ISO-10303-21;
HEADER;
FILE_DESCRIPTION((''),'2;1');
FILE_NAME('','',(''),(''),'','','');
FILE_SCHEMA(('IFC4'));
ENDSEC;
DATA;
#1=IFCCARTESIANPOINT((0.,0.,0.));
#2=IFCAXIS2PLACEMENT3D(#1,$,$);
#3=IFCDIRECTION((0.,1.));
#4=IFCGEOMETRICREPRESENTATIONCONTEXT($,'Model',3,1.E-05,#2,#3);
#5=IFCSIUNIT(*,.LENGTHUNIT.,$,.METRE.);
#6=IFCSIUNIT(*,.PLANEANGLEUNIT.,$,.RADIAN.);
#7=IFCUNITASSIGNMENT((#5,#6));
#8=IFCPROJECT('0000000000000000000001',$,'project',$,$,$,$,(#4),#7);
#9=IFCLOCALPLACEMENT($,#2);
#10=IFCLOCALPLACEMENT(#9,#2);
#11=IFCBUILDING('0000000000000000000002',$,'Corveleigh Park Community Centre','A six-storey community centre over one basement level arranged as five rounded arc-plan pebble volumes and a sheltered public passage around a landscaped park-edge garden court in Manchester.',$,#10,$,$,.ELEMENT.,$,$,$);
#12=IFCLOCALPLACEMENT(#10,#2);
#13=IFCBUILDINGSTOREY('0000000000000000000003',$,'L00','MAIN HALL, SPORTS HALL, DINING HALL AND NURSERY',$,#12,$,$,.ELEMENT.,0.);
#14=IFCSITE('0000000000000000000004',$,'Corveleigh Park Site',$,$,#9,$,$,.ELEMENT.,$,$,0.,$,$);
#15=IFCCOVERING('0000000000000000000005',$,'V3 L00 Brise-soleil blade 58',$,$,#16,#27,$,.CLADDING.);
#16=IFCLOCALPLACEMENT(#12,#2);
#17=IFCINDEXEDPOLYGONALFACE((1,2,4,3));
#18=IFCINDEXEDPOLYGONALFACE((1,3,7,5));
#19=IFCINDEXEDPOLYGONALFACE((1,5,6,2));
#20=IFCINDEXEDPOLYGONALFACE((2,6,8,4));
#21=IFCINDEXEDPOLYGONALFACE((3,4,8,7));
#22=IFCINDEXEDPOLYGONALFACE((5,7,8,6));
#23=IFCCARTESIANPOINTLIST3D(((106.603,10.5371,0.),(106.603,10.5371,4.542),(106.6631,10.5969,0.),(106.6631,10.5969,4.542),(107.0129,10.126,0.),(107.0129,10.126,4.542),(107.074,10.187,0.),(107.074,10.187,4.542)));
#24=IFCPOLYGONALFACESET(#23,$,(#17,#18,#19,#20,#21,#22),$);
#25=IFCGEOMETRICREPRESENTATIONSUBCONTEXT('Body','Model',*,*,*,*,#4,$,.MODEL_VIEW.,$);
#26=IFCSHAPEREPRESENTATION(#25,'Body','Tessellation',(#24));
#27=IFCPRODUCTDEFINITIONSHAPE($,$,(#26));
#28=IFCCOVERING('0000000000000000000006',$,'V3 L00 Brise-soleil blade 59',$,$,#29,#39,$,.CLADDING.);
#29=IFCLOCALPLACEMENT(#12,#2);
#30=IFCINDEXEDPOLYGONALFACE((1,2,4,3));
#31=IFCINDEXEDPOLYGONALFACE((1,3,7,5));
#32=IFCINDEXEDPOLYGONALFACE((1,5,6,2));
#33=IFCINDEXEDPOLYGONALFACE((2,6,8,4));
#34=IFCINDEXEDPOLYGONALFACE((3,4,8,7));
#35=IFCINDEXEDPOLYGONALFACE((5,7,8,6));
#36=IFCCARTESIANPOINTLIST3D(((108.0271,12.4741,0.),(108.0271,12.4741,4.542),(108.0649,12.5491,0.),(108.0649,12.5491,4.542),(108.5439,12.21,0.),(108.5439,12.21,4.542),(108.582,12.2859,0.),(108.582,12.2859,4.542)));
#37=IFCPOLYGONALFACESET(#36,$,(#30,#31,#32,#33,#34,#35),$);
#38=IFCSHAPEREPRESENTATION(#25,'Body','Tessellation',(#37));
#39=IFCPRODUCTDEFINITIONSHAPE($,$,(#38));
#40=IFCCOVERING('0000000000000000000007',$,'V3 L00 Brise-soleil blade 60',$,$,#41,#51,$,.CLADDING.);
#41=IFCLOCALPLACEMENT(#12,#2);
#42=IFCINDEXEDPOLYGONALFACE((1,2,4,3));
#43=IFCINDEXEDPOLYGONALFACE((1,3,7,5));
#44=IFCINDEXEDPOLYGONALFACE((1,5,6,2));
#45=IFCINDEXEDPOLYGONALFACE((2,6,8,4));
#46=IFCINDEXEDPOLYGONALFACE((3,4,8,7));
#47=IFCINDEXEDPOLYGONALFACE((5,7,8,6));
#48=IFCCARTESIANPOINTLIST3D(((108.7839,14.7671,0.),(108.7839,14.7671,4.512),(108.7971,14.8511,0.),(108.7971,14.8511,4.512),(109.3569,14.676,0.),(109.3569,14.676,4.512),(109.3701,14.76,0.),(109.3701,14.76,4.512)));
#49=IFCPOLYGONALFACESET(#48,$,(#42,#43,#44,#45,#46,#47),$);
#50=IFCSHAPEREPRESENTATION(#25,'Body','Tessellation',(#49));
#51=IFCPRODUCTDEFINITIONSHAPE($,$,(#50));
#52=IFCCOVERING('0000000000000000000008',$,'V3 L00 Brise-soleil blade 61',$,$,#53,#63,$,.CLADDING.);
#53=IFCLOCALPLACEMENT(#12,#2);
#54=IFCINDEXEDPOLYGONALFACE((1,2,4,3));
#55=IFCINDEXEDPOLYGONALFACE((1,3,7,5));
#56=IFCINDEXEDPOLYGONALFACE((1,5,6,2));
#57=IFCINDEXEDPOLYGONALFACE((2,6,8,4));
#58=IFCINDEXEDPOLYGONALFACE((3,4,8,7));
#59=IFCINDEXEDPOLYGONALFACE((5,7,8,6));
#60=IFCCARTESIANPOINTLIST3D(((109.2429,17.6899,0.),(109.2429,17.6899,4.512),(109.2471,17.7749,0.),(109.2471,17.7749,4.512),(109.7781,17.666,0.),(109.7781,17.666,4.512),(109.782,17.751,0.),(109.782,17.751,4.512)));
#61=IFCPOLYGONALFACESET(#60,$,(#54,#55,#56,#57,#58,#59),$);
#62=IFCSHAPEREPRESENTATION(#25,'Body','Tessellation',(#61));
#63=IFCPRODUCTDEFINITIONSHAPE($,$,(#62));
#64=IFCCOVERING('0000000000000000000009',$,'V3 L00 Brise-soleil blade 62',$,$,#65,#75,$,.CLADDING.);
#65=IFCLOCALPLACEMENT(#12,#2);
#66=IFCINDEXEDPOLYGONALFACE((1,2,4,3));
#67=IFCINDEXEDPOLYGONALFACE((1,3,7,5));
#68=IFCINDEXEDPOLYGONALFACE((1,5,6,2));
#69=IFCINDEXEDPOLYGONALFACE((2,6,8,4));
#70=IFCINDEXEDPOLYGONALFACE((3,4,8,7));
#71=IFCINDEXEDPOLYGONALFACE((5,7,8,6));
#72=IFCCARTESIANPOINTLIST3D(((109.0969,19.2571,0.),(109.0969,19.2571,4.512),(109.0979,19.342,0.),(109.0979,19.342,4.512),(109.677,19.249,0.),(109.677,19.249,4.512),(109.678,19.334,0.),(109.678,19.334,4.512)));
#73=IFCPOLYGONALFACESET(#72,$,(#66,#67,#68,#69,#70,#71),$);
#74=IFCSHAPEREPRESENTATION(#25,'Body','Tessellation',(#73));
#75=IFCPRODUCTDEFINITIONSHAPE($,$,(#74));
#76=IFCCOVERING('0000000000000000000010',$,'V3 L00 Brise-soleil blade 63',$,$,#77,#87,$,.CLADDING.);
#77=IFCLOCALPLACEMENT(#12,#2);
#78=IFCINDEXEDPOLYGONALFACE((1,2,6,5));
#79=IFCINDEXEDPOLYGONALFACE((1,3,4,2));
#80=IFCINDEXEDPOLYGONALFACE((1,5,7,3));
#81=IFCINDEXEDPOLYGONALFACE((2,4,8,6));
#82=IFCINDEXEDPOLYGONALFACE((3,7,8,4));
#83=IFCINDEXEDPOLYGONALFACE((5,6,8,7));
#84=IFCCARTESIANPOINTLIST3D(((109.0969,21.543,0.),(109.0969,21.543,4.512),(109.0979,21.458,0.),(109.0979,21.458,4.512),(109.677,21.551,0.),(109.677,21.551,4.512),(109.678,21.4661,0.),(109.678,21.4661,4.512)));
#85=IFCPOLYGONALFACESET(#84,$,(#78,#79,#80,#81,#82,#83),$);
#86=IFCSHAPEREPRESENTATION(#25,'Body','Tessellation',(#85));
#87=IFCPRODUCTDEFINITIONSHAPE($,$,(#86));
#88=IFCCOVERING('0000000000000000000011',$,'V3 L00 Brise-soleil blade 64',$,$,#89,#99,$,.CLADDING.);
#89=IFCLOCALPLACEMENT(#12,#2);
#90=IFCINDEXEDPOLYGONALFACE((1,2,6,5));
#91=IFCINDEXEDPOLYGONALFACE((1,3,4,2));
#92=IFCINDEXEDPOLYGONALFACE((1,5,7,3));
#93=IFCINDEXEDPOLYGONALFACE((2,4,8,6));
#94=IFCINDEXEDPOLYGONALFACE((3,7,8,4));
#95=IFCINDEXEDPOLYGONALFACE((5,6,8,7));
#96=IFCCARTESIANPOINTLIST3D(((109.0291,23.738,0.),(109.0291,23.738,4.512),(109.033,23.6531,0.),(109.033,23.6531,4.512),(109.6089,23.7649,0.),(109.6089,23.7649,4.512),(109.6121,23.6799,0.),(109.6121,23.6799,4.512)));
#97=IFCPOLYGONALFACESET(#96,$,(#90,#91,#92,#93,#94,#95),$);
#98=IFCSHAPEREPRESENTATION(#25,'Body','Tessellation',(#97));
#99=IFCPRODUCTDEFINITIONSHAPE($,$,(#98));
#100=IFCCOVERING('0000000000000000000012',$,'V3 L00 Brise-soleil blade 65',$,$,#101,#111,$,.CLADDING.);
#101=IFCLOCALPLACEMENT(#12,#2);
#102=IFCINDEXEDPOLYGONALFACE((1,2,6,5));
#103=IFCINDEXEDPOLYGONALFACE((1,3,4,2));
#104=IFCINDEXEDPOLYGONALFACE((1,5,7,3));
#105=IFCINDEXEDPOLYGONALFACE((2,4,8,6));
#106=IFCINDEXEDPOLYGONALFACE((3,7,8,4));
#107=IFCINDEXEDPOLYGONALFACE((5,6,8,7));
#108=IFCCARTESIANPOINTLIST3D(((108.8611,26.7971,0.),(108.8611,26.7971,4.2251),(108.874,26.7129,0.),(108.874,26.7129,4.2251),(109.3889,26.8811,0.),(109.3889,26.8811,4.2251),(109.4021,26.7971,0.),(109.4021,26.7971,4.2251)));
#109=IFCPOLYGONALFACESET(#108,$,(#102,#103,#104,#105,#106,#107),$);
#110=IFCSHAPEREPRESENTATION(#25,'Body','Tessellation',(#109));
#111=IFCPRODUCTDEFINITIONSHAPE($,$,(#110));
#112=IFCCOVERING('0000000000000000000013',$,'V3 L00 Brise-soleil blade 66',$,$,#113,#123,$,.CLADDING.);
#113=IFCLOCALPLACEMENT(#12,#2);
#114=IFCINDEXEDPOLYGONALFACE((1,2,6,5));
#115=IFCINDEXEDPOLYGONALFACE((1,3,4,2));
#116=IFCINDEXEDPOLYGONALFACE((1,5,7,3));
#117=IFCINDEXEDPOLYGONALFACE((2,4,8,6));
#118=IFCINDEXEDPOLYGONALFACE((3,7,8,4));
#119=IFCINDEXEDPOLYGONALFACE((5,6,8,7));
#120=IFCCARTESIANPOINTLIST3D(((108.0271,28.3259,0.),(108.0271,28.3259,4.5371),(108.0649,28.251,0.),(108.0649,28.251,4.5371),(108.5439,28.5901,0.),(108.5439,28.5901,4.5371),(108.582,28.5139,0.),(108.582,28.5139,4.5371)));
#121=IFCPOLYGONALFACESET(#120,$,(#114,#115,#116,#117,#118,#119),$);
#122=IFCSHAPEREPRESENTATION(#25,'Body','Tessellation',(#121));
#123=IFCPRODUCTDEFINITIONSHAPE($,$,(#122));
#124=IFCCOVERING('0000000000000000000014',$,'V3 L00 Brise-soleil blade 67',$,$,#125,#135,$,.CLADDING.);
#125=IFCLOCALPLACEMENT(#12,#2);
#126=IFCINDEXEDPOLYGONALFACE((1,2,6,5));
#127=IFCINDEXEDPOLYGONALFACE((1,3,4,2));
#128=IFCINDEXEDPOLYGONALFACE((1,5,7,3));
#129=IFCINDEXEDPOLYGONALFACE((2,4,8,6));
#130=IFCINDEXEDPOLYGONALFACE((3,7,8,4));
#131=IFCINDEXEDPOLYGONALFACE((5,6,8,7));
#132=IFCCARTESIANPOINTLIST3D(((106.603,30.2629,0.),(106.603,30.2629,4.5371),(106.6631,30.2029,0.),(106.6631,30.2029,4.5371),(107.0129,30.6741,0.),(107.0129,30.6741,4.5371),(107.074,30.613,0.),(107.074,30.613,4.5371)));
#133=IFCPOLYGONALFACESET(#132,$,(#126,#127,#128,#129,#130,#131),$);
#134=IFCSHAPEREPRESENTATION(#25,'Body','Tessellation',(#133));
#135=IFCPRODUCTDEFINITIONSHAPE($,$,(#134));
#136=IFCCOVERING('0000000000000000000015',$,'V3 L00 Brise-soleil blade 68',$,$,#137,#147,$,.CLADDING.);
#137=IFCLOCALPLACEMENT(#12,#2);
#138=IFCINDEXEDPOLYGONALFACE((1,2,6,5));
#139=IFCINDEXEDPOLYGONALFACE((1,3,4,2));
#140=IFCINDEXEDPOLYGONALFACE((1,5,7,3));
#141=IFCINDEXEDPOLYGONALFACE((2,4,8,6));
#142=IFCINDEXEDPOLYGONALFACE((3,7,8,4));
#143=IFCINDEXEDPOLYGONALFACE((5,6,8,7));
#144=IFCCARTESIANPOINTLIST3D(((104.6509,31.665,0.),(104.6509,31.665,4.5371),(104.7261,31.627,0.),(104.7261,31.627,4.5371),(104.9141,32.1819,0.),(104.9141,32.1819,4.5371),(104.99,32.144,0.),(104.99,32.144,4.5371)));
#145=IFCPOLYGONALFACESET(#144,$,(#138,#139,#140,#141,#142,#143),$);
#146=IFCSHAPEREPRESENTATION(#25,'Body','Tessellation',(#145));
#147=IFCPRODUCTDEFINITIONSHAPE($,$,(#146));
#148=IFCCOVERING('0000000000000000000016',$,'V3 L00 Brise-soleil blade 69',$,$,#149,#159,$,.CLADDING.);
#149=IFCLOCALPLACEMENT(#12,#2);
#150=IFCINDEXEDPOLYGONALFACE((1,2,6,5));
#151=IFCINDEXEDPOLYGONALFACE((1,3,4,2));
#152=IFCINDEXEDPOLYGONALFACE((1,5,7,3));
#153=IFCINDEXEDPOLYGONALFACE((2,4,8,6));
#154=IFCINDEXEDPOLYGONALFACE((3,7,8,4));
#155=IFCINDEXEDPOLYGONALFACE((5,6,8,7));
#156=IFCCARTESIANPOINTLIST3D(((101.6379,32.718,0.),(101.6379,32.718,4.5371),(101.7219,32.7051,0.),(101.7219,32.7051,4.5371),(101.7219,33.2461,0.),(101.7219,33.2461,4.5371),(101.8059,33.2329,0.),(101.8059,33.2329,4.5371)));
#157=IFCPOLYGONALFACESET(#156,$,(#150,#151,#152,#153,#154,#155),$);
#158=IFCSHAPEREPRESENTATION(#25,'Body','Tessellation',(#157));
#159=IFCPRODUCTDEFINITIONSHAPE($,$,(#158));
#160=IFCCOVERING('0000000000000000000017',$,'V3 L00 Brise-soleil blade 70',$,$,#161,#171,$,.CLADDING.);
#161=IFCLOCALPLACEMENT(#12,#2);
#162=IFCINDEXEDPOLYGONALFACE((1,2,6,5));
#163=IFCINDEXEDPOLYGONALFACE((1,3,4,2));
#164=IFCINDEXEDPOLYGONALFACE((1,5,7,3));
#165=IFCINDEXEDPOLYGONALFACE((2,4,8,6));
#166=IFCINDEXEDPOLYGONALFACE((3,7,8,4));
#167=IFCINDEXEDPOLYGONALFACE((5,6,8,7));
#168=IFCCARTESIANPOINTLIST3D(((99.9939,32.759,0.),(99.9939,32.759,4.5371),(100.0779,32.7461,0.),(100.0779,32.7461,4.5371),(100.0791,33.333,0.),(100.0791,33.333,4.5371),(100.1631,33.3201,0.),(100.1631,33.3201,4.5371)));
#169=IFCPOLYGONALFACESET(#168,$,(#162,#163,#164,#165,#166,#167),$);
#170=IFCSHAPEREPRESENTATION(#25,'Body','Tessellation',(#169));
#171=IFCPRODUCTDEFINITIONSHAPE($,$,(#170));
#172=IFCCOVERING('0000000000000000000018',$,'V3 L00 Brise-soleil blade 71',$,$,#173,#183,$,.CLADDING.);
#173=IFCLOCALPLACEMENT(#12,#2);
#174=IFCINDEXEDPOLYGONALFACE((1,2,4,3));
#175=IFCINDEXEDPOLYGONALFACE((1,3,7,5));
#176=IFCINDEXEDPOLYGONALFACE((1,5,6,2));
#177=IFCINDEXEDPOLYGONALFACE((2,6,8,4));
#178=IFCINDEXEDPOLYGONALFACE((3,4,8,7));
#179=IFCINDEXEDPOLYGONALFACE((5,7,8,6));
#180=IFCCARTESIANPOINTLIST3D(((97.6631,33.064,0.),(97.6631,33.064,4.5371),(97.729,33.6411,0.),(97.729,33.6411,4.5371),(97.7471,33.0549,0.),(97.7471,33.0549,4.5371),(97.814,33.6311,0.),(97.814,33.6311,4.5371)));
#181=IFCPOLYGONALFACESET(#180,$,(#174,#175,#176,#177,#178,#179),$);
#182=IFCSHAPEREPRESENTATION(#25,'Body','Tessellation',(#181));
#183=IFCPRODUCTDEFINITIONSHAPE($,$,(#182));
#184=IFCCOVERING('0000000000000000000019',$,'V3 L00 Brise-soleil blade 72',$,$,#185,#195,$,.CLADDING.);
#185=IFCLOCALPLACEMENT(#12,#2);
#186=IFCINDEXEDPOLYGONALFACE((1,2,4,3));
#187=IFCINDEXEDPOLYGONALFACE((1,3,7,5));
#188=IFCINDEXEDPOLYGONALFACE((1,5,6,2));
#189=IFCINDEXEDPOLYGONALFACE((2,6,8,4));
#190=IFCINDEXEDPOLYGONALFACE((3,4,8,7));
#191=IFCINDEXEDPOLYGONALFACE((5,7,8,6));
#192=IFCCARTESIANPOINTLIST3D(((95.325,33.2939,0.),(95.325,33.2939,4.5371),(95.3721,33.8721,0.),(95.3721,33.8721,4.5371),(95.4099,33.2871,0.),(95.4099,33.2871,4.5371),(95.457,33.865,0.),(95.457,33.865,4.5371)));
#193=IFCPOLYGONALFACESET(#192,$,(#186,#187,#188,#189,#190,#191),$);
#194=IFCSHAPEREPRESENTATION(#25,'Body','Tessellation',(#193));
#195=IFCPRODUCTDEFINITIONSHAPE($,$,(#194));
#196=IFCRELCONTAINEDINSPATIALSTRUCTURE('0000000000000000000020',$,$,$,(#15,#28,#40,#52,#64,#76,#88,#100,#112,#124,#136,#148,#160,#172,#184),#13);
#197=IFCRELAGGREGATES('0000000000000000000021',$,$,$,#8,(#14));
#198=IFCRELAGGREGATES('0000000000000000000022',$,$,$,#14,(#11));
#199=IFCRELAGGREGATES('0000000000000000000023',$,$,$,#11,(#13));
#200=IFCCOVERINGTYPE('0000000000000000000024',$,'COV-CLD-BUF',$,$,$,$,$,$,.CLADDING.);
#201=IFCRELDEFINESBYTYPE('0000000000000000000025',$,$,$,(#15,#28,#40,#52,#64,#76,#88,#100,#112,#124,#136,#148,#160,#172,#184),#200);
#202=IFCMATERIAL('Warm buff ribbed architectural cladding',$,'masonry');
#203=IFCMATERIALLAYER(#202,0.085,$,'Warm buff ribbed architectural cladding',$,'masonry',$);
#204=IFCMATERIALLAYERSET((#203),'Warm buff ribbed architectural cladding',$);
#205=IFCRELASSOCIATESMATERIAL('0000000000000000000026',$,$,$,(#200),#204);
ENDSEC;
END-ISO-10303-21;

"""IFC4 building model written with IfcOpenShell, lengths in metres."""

from ifc_helpers import new_model, si_unit, direction, origin, place, context, subcontext, project, spatial, polyline, outline, extrude, material, layer, layer_set, type_object, element, save


model = new_model("IFC4")

# Units and contexts
model_context = context("Model", 3, precision=1e-05, world=origin(), true_north=direction((0.0, 1.0)))
body_context = subcontext(model_context, "Body", "Model", "MODEL_VIEW")
ifc_project = project(units=[si_unit("LENGTHUNIT", "METRE"), si_unit("PLANEANGLEUNIT", "RADIAN")], contexts=[model_context])

# Site, building, storey
site_placement = place(None, origin())
site = spatial("IfcSite", under=ifc_project, at=site_placement, Name="Corveleigh Park Site", CompositionType="ELEMENT", RefElevation=0.0)
building_placement = place(site_placement, origin())
building = spatial("IfcBuilding", under=site, at=building_placement, Name="Corveleigh Park Community Centre", Description="A six-storey community centre over one basement level arranged as five rounded arc-plan pebble volumes and a sheltered public passage around a landscaped park-edge garden court in Manchester.", CompositionType="ELEMENT")
storey_placement = place(building_placement, origin())
storey = spatial("IfcBuildingStorey", under=building, at=storey_placement, Name="L00", Description="MAIN HALL, SPORTS HALL, DINING HALL AND NURSERY", CompositionType="ELEMENT", Elevation=0.0)

# Coverings
ifc_material = material(Name="Warm buff ribbed architectural cladding", Category="masonry")
ifc_layer = layer(ifc_material, 0.085, Name="Warm buff ribbed architectural cladding", Category="masonry")
ifc_layer_set = layer_set([ifc_layer], Name="Warm buff ribbed architectural cladding")
covering_type = type_object("IfcCoveringType", Name="COV-CLD-BUF", PredefinedType="CLADDING", material=ifc_layer_set)
covering_1_placement = place(storey_placement, origin())
element("IfcCovering", 1, at=covering_1_placement, inside=storey, type_object=covering_type, Name="V3 L00 Brise-soleil blade 58", PredefinedType="CLADDING", context=body_context, shape_type="SweptSolid", body=[
    extrude(outline(polyline([(106.6631, 10.5969), (106.603, 10.5371), (107.0129, 10.126), (107.074, 10.187), (106.6631, 10.5969)])), origin(), (0.0, 0.0, 1.0), 4.542),
])
covering_2_placement = place(storey_placement, origin())
element("IfcCovering", 2, at=covering_2_placement, inside=storey, type_object=covering_type, Name="V3 L00 Brise-soleil blade 59", PredefinedType="CLADDING", context=body_context, shape_type="SweptSolid", body=[
    extrude(outline(polyline([(108.0649, 12.5491), (108.0271, 12.4741), (108.5439, 12.21), (108.582, 12.2859), (108.0649, 12.5491)])), origin(), (0.0, 0.0, 1.0), 4.542),
])
covering_3_placement = place(storey_placement, origin())
element("IfcCovering", 3, at=covering_3_placement, inside=storey, type_object=covering_type, Name="V3 L00 Brise-soleil blade 60", PredefinedType="CLADDING", context=body_context, shape_type="SweptSolid", body=[
    extrude(outline(polyline([(108.7971, 14.8511), (108.7839, 14.7671), (109.3569, 14.676), (109.3701, 14.76), (108.7971, 14.8511)])), origin(), (0.0, 0.0, 1.0), 4.512),
])
covering_4_placement = place(storey_placement, origin())
element("IfcCovering", 4, at=covering_4_placement, inside=storey, type_object=covering_type, Name="V3 L00 Brise-soleil blade 61", PredefinedType="CLADDING", context=body_context, shape_type="SweptSolid", body=[
    extrude(outline(polyline([(109.2471, 17.7749), (109.2429, 17.6899), (109.7781, 17.666), (109.782, 17.751), (109.2471, 17.7749)])), origin(), (0.0, 0.0, 1.0), 4.512),
])
covering_5_placement = place(storey_placement, origin())
element("IfcCovering", 5, at=covering_5_placement, inside=storey, type_object=covering_type, Name="V3 L00 Brise-soleil blade 62", PredefinedType="CLADDING", context=body_context, shape_type="SweptSolid", body=[
    extrude(outline(polyline([(109.0979, 19.342), (109.0969, 19.2571), (109.677, 19.249), (109.678, 19.334), (109.0979, 19.342)])), origin(), (0.0, 0.0, 1.0), 4.512),
])
covering_6_placement = place(storey_placement, origin())
element("IfcCovering", 6, at=covering_6_placement, inside=storey, type_object=covering_type, Name="V3 L00 Brise-soleil blade 63", PredefinedType="CLADDING", context=body_context, shape_type="SweptSolid", body=[
    extrude(outline(polyline([(109.0969, 21.543), (109.0979, 21.458), (109.678, 21.4661), (109.677, 21.551), (109.0969, 21.543)])), origin(), (0.0, 0.0, 1.0), 4.512),
])
covering_7_placement = place(storey_placement, origin())
element("IfcCovering", 7, at=covering_7_placement, inside=storey, type_object=covering_type, Name="V3 L00 Brise-soleil blade 64", PredefinedType="CLADDING", context=body_context, shape_type="SweptSolid", body=[
    extrude(outline(polyline([(109.0291, 23.738), (109.033, 23.6531), (109.6121, 23.6799), (109.6089, 23.7649), (109.0291, 23.738)])), origin(), (0.0, 0.0, 1.0), 4.512),
])
covering_8_placement = place(storey_placement, origin())
element("IfcCovering", 8, at=covering_8_placement, inside=storey, type_object=covering_type, Name="V3 L00 Brise-soleil blade 65", PredefinedType="CLADDING", context=body_context, shape_type="SweptSolid", body=[
    extrude(outline(polyline([(108.8611, 26.7971), (108.874, 26.7129), (109.4021, 26.7971), (109.3889, 26.8811), (108.8611, 26.7971)])), origin(), (0.0, 0.0, 1.0), 4.2251),
])
covering_9_placement = place(storey_placement, origin())
element("IfcCovering", 9, at=covering_9_placement, inside=storey, type_object=covering_type, Name="V3 L00 Brise-soleil blade 66", PredefinedType="CLADDING", context=body_context, shape_type="SweptSolid", body=[
    extrude(outline(polyline([(108.0271, 28.3259), (108.0649, 28.251), (108.582, 28.5139), (108.5439, 28.5901), (108.0271, 28.3259)])), origin(), (0.0, 0.0, 1.0), 4.5371),
])
covering_10_placement = place(storey_placement, origin())
element("IfcCovering", 10, at=covering_10_placement, inside=storey, type_object=covering_type, Name="V3 L00 Brise-soleil blade 67", PredefinedType="CLADDING", context=body_context, shape_type="SweptSolid", body=[
    extrude(outline(polyline([(106.603, 30.2629), (106.6631, 30.2029), (107.074, 30.613), (107.0129, 30.6741), (106.603, 30.2629)])), origin(), (0.0, 0.0, 1.0), 4.5371),
])
covering_11_placement = place(storey_placement, origin())
element("IfcCovering", 11, at=covering_11_placement, inside=storey, type_object=covering_type, Name="V3 L00 Brise-soleil blade 68", PredefinedType="CLADDING", context=body_context, shape_type="SweptSolid", body=[
    extrude(outline(polyline([(104.6509, 31.665), (104.7261, 31.627), (104.99, 32.144), (104.9141, 32.1819), (104.6509, 31.665)])), origin(), (0.0, 0.0, 1.0), 4.5371),
])
covering_12_placement = place(storey_placement, origin())
element("IfcCovering", 12, at=covering_12_placement, inside=storey, type_object=covering_type, Name="V3 L00 Brise-soleil blade 69", PredefinedType="CLADDING", context=body_context, shape_type="SweptSolid", body=[
    extrude(outline(polyline([(101.6379, 32.718), (101.7219, 32.7051), (101.8059, 33.2329), (101.7219, 33.2461), (101.6379, 32.718)])), origin(), (0.0, 0.0, 1.0), 4.5371),
])
covering_13_placement = place(storey_placement, origin())
element("IfcCovering", 13, at=covering_13_placement, inside=storey, type_object=covering_type, Name="V3 L00 Brise-soleil blade 70", PredefinedType="CLADDING", context=body_context, shape_type="SweptSolid", body=[
    extrude(outline(polyline([(99.9939, 32.759), (100.0779, 32.7461), (100.1631, 33.3201), (100.0791, 33.333), (99.9939, 32.759)])), origin(), (0.0, 0.0, 1.0), 4.5371),
])
covering_14_placement = place(storey_placement, origin())
element("IfcCovering", 14, at=covering_14_placement, inside=storey, type_object=covering_type, Name="V3 L00 Brise-soleil blade 71", PredefinedType="CLADDING", context=body_context, shape_type="SweptSolid", body=[
    extrude(outline(polyline([(97.6631, 33.064), (97.7471, 33.0549), (97.814, 33.6311), (97.729, 33.6411), (97.6631, 33.064)])), origin(), (0.0, 0.0, 1.0), 4.5371),
])
covering_15_placement = place(storey_placement, origin())
element("IfcCovering", 15, at=covering_15_placement, inside=storey, type_object=covering_type, Name="V3 L00 Brise-soleil blade 72", PredefinedType="CLADDING", context=body_context, shape_type="SweptSolid", body=[
    extrude(outline(polyline([(95.325, 33.2939), (95.4099, 33.2871), (95.457, 33.865), (95.3721, 33.8721), (95.325, 33.2939)])), origin(), (0.0, 0.0, 1.0), 4.5371),
])

save(model, "model.ifc")
